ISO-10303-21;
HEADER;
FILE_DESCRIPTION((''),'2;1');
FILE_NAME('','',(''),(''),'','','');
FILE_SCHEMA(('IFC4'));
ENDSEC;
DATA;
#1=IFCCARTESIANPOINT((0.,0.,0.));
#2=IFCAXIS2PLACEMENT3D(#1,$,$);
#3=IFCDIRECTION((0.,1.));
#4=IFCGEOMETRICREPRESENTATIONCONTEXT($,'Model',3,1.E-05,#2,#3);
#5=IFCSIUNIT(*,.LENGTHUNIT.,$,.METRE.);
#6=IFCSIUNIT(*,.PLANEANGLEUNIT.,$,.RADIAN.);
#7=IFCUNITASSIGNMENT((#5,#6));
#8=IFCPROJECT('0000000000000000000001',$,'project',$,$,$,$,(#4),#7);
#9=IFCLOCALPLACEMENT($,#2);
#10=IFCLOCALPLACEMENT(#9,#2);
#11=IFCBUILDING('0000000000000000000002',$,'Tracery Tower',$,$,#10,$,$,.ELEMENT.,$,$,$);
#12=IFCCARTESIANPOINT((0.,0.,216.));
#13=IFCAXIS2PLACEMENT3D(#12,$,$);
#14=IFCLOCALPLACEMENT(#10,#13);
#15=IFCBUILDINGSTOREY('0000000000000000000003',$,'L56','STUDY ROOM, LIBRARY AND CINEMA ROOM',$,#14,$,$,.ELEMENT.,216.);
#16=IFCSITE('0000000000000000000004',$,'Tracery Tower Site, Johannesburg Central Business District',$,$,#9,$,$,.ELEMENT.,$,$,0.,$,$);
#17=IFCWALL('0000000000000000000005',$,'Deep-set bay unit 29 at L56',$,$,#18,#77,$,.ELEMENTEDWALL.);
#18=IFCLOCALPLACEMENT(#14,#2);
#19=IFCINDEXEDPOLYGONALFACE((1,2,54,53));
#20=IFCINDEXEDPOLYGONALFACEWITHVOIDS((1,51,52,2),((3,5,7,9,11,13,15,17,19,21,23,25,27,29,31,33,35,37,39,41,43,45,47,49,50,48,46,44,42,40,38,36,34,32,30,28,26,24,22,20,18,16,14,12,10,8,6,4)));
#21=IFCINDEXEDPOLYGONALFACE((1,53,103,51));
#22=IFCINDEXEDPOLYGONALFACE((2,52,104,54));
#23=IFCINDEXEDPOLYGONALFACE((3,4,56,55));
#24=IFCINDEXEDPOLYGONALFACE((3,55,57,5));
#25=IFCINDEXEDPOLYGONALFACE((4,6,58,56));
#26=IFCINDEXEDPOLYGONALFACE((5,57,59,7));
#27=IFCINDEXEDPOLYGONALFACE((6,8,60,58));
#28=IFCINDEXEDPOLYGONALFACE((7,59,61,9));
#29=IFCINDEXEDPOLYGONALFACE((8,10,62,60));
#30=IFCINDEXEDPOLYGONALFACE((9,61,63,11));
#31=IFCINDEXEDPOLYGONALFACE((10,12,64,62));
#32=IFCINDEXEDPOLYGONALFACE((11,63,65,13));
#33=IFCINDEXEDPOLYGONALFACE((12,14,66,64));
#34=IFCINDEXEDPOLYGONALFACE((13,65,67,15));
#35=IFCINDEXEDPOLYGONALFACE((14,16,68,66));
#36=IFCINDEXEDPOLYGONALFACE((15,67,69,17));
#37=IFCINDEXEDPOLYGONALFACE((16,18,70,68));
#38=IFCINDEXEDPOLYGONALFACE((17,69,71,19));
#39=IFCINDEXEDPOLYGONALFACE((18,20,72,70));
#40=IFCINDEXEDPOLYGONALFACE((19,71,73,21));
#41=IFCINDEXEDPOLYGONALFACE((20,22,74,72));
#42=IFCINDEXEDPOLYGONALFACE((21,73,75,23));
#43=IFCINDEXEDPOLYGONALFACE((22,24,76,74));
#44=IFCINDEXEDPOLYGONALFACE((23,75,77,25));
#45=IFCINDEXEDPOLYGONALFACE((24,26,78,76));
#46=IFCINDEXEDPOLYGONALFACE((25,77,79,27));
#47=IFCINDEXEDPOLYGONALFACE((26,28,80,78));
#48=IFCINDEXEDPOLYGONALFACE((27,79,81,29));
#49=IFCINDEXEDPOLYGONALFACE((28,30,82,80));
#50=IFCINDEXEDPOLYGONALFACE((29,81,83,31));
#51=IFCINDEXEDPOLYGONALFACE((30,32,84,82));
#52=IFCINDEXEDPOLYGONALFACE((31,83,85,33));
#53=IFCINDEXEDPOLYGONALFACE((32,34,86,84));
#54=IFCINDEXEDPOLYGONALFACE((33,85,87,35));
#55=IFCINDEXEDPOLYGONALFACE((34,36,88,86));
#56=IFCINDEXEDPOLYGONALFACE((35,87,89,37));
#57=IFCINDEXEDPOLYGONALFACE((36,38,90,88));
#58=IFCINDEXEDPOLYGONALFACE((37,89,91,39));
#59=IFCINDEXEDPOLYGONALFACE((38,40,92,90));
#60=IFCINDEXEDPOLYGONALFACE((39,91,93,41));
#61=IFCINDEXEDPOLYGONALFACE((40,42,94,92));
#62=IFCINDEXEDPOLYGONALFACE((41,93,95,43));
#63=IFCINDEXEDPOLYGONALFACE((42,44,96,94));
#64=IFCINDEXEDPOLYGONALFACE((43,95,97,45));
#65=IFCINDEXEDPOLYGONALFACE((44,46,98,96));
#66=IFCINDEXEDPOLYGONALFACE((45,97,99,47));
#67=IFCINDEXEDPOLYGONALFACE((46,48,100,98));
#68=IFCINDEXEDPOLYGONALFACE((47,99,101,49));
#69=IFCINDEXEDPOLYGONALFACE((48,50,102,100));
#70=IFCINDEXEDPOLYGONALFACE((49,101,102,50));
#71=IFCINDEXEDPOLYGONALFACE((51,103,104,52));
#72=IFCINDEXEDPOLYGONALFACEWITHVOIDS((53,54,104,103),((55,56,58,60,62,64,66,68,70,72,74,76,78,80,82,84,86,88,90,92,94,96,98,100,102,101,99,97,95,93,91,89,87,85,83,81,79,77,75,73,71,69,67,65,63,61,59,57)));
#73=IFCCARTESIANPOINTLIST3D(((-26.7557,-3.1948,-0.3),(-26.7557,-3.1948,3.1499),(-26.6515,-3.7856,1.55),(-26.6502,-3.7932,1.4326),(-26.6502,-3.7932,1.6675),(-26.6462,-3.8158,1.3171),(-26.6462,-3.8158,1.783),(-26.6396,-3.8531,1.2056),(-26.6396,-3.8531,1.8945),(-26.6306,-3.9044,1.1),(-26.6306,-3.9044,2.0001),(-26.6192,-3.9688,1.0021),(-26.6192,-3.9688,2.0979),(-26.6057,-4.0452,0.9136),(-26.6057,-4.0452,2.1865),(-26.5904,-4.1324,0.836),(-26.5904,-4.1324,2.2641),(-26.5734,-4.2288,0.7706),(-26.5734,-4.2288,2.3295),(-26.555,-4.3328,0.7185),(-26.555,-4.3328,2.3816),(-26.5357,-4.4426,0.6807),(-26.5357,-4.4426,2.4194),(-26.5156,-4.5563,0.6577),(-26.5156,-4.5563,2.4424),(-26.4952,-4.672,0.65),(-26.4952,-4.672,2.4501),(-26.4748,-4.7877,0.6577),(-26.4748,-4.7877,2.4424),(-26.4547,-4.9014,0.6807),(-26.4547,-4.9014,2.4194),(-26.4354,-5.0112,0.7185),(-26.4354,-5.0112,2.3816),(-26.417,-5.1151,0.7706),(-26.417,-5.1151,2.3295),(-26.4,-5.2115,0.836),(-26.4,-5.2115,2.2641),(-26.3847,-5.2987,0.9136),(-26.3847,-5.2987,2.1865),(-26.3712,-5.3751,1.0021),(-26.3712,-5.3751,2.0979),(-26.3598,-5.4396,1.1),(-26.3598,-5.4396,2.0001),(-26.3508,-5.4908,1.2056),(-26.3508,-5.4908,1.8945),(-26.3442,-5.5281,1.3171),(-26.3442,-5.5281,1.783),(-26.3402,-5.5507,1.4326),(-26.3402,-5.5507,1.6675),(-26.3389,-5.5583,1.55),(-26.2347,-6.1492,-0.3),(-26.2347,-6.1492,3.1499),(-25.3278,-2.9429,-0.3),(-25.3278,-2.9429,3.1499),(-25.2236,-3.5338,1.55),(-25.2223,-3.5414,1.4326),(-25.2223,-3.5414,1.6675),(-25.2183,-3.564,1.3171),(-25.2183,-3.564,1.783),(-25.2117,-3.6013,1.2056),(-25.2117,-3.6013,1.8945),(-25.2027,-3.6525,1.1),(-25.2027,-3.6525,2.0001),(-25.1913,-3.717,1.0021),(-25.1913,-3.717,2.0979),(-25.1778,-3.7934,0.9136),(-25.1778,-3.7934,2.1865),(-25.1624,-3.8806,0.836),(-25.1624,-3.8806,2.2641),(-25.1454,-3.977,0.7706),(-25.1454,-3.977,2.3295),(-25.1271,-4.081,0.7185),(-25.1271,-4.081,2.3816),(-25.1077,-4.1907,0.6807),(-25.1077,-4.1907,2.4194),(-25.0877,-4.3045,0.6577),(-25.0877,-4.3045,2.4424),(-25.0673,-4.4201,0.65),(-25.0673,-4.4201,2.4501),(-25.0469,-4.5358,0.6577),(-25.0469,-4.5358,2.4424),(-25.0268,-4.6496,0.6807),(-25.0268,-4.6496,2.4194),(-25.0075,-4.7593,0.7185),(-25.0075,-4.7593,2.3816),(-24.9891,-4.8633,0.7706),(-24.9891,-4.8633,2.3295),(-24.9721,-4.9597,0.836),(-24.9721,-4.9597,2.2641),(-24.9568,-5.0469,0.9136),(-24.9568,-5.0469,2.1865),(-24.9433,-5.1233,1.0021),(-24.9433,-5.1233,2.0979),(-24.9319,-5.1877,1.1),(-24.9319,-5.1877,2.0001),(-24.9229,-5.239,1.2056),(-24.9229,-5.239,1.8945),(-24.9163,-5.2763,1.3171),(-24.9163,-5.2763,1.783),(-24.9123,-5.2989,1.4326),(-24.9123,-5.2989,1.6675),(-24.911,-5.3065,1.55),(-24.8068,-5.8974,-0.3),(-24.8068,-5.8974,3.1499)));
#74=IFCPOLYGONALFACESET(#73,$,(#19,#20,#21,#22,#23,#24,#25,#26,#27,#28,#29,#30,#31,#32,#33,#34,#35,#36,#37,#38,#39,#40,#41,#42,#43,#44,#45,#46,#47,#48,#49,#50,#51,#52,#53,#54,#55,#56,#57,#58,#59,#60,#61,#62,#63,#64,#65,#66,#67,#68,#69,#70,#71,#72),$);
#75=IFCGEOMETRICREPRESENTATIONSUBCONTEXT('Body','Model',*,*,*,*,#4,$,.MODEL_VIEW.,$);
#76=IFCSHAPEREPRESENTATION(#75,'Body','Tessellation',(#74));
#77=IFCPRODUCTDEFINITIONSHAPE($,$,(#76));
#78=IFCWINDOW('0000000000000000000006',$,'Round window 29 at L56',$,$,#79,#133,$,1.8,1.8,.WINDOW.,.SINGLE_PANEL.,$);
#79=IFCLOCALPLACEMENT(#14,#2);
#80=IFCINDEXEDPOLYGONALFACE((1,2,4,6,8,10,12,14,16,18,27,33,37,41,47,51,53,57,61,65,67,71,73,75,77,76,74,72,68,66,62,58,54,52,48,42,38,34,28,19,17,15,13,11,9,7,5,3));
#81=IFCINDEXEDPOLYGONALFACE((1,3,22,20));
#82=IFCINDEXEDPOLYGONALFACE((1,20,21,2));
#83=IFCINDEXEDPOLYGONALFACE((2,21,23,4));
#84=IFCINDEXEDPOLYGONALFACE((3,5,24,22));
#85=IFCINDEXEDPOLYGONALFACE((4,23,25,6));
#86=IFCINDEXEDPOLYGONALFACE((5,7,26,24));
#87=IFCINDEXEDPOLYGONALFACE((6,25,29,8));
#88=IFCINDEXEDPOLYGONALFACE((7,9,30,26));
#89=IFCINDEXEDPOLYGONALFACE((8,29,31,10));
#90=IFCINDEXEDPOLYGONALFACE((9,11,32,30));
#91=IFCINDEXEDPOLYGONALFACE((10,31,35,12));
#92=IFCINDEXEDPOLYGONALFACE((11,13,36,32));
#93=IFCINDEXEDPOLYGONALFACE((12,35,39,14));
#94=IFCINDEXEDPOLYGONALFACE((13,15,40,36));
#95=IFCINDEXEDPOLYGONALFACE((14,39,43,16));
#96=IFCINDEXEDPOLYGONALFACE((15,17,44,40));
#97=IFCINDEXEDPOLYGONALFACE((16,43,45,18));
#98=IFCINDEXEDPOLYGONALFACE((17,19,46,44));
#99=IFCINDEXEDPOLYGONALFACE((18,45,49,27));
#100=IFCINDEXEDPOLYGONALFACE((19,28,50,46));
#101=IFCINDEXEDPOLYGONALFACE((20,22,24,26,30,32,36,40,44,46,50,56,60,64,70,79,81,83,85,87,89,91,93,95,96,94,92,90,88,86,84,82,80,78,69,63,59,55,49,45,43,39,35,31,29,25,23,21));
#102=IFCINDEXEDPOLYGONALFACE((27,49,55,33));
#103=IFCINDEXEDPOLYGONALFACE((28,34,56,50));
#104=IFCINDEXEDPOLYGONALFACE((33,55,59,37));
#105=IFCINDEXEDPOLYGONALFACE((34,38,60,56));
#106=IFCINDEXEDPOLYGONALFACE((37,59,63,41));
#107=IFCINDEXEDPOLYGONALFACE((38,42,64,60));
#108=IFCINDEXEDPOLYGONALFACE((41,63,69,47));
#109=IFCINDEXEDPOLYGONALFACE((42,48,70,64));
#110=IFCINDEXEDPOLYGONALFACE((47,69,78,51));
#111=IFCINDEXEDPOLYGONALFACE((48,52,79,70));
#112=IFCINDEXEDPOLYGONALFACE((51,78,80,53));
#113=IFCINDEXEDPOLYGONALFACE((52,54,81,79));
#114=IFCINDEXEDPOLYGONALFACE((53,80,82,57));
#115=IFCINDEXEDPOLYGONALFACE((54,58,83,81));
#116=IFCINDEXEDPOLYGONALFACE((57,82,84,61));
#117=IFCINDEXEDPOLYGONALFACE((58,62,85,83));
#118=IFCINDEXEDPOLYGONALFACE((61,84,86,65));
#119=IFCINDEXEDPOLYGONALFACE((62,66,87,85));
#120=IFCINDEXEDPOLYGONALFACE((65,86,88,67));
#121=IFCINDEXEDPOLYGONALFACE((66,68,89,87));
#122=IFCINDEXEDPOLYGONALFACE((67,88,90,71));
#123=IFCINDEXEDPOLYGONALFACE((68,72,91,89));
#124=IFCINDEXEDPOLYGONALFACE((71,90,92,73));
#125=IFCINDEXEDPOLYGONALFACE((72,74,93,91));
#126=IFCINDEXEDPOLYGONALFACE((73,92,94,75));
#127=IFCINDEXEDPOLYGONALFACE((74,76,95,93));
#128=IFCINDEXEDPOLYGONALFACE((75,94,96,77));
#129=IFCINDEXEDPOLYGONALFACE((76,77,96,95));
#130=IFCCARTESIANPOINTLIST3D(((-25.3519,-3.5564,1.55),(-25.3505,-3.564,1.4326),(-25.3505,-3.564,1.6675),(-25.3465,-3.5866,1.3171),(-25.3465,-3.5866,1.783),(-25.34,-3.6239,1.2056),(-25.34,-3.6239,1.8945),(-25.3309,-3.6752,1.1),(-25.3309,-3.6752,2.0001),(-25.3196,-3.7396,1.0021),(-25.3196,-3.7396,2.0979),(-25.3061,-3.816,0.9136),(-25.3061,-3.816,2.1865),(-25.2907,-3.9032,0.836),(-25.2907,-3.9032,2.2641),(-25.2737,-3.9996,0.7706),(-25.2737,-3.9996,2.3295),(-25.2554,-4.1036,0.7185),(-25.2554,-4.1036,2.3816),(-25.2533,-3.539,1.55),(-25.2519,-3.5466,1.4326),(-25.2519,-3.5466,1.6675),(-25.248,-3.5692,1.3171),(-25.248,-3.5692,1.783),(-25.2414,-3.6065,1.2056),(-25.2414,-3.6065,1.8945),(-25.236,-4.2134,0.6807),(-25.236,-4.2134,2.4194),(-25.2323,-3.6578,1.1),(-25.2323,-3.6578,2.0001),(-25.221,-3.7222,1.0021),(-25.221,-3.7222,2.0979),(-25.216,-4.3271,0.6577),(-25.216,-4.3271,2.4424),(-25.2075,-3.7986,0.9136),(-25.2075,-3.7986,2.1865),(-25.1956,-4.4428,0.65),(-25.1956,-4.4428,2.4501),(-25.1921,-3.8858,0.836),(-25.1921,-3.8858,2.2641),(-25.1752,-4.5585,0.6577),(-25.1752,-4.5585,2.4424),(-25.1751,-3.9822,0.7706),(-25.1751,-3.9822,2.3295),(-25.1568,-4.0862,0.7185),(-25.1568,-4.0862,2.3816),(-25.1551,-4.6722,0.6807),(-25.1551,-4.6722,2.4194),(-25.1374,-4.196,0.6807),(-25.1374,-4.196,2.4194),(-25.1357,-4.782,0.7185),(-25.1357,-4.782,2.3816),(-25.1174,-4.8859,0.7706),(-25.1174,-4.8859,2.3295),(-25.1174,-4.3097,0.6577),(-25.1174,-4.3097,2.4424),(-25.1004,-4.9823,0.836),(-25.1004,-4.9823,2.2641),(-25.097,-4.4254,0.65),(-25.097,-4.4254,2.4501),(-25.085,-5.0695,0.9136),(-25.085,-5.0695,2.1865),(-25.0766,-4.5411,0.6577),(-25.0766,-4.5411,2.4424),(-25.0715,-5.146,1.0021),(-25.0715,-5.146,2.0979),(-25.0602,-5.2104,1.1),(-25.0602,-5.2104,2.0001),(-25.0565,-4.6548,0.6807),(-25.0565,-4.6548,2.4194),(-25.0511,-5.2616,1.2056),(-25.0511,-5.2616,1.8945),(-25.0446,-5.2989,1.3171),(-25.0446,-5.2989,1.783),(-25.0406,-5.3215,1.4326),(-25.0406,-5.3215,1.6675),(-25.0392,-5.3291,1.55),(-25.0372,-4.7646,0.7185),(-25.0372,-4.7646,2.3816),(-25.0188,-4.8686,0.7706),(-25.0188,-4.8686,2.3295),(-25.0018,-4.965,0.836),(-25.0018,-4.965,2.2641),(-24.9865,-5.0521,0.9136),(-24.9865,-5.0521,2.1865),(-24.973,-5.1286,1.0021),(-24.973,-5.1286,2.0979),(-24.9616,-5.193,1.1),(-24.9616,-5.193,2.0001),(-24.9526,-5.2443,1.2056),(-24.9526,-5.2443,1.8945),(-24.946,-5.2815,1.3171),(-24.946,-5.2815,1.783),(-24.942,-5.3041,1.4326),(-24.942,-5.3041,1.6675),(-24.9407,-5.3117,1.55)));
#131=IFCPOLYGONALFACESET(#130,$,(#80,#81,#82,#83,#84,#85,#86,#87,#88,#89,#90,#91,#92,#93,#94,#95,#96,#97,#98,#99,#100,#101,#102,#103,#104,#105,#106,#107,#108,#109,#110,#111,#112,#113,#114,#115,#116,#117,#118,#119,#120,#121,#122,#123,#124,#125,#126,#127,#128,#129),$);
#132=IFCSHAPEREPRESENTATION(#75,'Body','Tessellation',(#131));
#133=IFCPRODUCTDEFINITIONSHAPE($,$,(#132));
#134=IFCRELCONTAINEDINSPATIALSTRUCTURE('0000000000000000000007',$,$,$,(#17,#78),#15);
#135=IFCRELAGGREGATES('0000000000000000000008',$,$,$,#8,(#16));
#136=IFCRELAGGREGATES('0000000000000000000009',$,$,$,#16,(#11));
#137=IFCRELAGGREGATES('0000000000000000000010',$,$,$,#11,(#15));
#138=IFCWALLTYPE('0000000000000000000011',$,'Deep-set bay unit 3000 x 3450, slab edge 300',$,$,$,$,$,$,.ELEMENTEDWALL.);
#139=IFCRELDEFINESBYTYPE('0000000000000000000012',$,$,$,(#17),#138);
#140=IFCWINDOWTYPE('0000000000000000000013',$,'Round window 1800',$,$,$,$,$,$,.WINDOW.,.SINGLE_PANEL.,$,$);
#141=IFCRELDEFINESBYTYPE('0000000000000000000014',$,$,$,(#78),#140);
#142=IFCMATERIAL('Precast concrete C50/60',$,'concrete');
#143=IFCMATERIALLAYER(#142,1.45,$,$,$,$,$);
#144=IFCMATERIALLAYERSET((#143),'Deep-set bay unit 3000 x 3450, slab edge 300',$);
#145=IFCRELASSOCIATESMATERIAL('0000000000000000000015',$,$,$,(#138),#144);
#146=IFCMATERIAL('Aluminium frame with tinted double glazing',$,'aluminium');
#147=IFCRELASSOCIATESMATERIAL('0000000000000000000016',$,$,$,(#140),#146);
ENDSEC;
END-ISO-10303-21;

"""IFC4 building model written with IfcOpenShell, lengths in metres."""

from ifc_helpers import new_model, si_unit, direction, frame, frame_2d, origin, origin_2d, place, context, subcontext, project, spatial, rectangle, circle, extrude, material, layer, layer_set, type_object, element, fill, save


model = new_model("IFC4")

# Units and contexts
model_context = context("Model", 3, precision=1e-05, world=origin(), true_north=direction((0.0, 1.0)))
body_context = subcontext(model_context, "Body", "Model", "MODEL_VIEW")
ifc_project = project(units=[si_unit("LENGTHUNIT", "METRE"), si_unit("PLANEANGLEUNIT", "RADIAN")], contexts=[model_context])

# Site, building, storey
site_placement = place(None, origin())
site = spatial("IfcSite", under=ifc_project, at=site_placement, Name="Tracery Tower Site, Johannesburg Central Business District", CompositionType="ELEMENT", RefElevation=0.0)
building_placement = place(site_placement, origin())
building = spatial("IfcBuilding", under=site, at=building_placement, Name="Tracery Tower", CompositionType="ELEMENT")
storey_placement = place(building_placement, frame((0.0, 0.0, 216.0)))
storey = spatial("IfcBuildingStorey", under=building, at=storey_placement, Name="L56", Description="STUDY ROOM, LIBRARY AND CINEMA ROOM", CompositionType="ELEMENT", Elevation=216.0)

# Wall, opening, window
ifc_material_1 = material(Name="Precast concrete C50/60", Category="concrete")
ifc_layer_1 = layer(ifc_material_1, 1.45)
ifc_layer_set_1 = layer_set([ifc_layer_1], Name="Deep-set bay unit 3000 x 3450, slab edge 300")
wall_type_1 = type_object("IfcWallType", Name="Deep-set bay unit 3000 x 3450, slab edge 300", PredefinedType="ELEMENTEDWALL", material=ifc_layer_set_1)
wall_1_placement = place(storey_placement, frame((-26.0417, -3.0688, -0.3), z_axis=(0.0, 0.0, 1.0), x_axis=(0.173669, -0.984804, 0.0)))
wall_1 = element("IfcWall", 1, at=wall_1_placement, inside=storey, type_object=wall_type_1, Name="Deep-set bay unit 29 at L56", PredefinedType="ELEMENTEDWALL", context=body_context, shape_type="SweptSolid", body=[
    extrude(rectangle(XDim=3.0, YDim=1.45, at=frame_2d((1.5, 0.0))), origin(), (0.0, 0.0, 1.0), 3.45),
])
opening_1_placement = place(wall_1_placement, frame((1.5, 0.0, 1.8501)))
opening_1 = element("IfcOpeningElement", 2, at=opening_1_placement, cuts=wall_1, PredefinedType="OPENING", context=body_context, shape_type="SweptSolid", body=[
    extrude(circle(Radius=0.9, at=origin_2d()), frame((0.0, 0.7349, 0.0), z_axis=(0.0, -1.0, 0.0), x_axis=(1.0, 0.0, 0.0)), (0.0, 0.0, 1.0), 1.47),
])
ifc_material_2 = material(Name="Aluminium frame with tinted double glazing", Category="aluminium")
window_type = type_object("IfcWindowType", Name="Round window 1800", PartitioningType="SINGLE_PANEL", PredefinedType="WINDOW", material=ifc_material_2)
window_1_placement = place(opening_1_placement, origin())
window_1 = element("IfcWindow", 3, at=window_1_placement, inside=storey, type_object=window_type, Name="Round window 29 at L56", OverallHeight=1.8, OverallWidth=1.8, PartitioningType="SINGLE_PANEL", PredefinedType="WINDOW", context=body_context, shape_type="SweptSolid", body=[
    extrude(circle(Radius=0.9, at=origin_2d()), frame((0.0, 0.6948, 0.0), z_axis=(0.0, -1.0, 0.0), x_axis=(1.0, 0.0, 0.0)), (0.0, 0.0, 1.0), 0.1001),
])
fill(opening_1, window_1)

save(model, "model.ifc")
